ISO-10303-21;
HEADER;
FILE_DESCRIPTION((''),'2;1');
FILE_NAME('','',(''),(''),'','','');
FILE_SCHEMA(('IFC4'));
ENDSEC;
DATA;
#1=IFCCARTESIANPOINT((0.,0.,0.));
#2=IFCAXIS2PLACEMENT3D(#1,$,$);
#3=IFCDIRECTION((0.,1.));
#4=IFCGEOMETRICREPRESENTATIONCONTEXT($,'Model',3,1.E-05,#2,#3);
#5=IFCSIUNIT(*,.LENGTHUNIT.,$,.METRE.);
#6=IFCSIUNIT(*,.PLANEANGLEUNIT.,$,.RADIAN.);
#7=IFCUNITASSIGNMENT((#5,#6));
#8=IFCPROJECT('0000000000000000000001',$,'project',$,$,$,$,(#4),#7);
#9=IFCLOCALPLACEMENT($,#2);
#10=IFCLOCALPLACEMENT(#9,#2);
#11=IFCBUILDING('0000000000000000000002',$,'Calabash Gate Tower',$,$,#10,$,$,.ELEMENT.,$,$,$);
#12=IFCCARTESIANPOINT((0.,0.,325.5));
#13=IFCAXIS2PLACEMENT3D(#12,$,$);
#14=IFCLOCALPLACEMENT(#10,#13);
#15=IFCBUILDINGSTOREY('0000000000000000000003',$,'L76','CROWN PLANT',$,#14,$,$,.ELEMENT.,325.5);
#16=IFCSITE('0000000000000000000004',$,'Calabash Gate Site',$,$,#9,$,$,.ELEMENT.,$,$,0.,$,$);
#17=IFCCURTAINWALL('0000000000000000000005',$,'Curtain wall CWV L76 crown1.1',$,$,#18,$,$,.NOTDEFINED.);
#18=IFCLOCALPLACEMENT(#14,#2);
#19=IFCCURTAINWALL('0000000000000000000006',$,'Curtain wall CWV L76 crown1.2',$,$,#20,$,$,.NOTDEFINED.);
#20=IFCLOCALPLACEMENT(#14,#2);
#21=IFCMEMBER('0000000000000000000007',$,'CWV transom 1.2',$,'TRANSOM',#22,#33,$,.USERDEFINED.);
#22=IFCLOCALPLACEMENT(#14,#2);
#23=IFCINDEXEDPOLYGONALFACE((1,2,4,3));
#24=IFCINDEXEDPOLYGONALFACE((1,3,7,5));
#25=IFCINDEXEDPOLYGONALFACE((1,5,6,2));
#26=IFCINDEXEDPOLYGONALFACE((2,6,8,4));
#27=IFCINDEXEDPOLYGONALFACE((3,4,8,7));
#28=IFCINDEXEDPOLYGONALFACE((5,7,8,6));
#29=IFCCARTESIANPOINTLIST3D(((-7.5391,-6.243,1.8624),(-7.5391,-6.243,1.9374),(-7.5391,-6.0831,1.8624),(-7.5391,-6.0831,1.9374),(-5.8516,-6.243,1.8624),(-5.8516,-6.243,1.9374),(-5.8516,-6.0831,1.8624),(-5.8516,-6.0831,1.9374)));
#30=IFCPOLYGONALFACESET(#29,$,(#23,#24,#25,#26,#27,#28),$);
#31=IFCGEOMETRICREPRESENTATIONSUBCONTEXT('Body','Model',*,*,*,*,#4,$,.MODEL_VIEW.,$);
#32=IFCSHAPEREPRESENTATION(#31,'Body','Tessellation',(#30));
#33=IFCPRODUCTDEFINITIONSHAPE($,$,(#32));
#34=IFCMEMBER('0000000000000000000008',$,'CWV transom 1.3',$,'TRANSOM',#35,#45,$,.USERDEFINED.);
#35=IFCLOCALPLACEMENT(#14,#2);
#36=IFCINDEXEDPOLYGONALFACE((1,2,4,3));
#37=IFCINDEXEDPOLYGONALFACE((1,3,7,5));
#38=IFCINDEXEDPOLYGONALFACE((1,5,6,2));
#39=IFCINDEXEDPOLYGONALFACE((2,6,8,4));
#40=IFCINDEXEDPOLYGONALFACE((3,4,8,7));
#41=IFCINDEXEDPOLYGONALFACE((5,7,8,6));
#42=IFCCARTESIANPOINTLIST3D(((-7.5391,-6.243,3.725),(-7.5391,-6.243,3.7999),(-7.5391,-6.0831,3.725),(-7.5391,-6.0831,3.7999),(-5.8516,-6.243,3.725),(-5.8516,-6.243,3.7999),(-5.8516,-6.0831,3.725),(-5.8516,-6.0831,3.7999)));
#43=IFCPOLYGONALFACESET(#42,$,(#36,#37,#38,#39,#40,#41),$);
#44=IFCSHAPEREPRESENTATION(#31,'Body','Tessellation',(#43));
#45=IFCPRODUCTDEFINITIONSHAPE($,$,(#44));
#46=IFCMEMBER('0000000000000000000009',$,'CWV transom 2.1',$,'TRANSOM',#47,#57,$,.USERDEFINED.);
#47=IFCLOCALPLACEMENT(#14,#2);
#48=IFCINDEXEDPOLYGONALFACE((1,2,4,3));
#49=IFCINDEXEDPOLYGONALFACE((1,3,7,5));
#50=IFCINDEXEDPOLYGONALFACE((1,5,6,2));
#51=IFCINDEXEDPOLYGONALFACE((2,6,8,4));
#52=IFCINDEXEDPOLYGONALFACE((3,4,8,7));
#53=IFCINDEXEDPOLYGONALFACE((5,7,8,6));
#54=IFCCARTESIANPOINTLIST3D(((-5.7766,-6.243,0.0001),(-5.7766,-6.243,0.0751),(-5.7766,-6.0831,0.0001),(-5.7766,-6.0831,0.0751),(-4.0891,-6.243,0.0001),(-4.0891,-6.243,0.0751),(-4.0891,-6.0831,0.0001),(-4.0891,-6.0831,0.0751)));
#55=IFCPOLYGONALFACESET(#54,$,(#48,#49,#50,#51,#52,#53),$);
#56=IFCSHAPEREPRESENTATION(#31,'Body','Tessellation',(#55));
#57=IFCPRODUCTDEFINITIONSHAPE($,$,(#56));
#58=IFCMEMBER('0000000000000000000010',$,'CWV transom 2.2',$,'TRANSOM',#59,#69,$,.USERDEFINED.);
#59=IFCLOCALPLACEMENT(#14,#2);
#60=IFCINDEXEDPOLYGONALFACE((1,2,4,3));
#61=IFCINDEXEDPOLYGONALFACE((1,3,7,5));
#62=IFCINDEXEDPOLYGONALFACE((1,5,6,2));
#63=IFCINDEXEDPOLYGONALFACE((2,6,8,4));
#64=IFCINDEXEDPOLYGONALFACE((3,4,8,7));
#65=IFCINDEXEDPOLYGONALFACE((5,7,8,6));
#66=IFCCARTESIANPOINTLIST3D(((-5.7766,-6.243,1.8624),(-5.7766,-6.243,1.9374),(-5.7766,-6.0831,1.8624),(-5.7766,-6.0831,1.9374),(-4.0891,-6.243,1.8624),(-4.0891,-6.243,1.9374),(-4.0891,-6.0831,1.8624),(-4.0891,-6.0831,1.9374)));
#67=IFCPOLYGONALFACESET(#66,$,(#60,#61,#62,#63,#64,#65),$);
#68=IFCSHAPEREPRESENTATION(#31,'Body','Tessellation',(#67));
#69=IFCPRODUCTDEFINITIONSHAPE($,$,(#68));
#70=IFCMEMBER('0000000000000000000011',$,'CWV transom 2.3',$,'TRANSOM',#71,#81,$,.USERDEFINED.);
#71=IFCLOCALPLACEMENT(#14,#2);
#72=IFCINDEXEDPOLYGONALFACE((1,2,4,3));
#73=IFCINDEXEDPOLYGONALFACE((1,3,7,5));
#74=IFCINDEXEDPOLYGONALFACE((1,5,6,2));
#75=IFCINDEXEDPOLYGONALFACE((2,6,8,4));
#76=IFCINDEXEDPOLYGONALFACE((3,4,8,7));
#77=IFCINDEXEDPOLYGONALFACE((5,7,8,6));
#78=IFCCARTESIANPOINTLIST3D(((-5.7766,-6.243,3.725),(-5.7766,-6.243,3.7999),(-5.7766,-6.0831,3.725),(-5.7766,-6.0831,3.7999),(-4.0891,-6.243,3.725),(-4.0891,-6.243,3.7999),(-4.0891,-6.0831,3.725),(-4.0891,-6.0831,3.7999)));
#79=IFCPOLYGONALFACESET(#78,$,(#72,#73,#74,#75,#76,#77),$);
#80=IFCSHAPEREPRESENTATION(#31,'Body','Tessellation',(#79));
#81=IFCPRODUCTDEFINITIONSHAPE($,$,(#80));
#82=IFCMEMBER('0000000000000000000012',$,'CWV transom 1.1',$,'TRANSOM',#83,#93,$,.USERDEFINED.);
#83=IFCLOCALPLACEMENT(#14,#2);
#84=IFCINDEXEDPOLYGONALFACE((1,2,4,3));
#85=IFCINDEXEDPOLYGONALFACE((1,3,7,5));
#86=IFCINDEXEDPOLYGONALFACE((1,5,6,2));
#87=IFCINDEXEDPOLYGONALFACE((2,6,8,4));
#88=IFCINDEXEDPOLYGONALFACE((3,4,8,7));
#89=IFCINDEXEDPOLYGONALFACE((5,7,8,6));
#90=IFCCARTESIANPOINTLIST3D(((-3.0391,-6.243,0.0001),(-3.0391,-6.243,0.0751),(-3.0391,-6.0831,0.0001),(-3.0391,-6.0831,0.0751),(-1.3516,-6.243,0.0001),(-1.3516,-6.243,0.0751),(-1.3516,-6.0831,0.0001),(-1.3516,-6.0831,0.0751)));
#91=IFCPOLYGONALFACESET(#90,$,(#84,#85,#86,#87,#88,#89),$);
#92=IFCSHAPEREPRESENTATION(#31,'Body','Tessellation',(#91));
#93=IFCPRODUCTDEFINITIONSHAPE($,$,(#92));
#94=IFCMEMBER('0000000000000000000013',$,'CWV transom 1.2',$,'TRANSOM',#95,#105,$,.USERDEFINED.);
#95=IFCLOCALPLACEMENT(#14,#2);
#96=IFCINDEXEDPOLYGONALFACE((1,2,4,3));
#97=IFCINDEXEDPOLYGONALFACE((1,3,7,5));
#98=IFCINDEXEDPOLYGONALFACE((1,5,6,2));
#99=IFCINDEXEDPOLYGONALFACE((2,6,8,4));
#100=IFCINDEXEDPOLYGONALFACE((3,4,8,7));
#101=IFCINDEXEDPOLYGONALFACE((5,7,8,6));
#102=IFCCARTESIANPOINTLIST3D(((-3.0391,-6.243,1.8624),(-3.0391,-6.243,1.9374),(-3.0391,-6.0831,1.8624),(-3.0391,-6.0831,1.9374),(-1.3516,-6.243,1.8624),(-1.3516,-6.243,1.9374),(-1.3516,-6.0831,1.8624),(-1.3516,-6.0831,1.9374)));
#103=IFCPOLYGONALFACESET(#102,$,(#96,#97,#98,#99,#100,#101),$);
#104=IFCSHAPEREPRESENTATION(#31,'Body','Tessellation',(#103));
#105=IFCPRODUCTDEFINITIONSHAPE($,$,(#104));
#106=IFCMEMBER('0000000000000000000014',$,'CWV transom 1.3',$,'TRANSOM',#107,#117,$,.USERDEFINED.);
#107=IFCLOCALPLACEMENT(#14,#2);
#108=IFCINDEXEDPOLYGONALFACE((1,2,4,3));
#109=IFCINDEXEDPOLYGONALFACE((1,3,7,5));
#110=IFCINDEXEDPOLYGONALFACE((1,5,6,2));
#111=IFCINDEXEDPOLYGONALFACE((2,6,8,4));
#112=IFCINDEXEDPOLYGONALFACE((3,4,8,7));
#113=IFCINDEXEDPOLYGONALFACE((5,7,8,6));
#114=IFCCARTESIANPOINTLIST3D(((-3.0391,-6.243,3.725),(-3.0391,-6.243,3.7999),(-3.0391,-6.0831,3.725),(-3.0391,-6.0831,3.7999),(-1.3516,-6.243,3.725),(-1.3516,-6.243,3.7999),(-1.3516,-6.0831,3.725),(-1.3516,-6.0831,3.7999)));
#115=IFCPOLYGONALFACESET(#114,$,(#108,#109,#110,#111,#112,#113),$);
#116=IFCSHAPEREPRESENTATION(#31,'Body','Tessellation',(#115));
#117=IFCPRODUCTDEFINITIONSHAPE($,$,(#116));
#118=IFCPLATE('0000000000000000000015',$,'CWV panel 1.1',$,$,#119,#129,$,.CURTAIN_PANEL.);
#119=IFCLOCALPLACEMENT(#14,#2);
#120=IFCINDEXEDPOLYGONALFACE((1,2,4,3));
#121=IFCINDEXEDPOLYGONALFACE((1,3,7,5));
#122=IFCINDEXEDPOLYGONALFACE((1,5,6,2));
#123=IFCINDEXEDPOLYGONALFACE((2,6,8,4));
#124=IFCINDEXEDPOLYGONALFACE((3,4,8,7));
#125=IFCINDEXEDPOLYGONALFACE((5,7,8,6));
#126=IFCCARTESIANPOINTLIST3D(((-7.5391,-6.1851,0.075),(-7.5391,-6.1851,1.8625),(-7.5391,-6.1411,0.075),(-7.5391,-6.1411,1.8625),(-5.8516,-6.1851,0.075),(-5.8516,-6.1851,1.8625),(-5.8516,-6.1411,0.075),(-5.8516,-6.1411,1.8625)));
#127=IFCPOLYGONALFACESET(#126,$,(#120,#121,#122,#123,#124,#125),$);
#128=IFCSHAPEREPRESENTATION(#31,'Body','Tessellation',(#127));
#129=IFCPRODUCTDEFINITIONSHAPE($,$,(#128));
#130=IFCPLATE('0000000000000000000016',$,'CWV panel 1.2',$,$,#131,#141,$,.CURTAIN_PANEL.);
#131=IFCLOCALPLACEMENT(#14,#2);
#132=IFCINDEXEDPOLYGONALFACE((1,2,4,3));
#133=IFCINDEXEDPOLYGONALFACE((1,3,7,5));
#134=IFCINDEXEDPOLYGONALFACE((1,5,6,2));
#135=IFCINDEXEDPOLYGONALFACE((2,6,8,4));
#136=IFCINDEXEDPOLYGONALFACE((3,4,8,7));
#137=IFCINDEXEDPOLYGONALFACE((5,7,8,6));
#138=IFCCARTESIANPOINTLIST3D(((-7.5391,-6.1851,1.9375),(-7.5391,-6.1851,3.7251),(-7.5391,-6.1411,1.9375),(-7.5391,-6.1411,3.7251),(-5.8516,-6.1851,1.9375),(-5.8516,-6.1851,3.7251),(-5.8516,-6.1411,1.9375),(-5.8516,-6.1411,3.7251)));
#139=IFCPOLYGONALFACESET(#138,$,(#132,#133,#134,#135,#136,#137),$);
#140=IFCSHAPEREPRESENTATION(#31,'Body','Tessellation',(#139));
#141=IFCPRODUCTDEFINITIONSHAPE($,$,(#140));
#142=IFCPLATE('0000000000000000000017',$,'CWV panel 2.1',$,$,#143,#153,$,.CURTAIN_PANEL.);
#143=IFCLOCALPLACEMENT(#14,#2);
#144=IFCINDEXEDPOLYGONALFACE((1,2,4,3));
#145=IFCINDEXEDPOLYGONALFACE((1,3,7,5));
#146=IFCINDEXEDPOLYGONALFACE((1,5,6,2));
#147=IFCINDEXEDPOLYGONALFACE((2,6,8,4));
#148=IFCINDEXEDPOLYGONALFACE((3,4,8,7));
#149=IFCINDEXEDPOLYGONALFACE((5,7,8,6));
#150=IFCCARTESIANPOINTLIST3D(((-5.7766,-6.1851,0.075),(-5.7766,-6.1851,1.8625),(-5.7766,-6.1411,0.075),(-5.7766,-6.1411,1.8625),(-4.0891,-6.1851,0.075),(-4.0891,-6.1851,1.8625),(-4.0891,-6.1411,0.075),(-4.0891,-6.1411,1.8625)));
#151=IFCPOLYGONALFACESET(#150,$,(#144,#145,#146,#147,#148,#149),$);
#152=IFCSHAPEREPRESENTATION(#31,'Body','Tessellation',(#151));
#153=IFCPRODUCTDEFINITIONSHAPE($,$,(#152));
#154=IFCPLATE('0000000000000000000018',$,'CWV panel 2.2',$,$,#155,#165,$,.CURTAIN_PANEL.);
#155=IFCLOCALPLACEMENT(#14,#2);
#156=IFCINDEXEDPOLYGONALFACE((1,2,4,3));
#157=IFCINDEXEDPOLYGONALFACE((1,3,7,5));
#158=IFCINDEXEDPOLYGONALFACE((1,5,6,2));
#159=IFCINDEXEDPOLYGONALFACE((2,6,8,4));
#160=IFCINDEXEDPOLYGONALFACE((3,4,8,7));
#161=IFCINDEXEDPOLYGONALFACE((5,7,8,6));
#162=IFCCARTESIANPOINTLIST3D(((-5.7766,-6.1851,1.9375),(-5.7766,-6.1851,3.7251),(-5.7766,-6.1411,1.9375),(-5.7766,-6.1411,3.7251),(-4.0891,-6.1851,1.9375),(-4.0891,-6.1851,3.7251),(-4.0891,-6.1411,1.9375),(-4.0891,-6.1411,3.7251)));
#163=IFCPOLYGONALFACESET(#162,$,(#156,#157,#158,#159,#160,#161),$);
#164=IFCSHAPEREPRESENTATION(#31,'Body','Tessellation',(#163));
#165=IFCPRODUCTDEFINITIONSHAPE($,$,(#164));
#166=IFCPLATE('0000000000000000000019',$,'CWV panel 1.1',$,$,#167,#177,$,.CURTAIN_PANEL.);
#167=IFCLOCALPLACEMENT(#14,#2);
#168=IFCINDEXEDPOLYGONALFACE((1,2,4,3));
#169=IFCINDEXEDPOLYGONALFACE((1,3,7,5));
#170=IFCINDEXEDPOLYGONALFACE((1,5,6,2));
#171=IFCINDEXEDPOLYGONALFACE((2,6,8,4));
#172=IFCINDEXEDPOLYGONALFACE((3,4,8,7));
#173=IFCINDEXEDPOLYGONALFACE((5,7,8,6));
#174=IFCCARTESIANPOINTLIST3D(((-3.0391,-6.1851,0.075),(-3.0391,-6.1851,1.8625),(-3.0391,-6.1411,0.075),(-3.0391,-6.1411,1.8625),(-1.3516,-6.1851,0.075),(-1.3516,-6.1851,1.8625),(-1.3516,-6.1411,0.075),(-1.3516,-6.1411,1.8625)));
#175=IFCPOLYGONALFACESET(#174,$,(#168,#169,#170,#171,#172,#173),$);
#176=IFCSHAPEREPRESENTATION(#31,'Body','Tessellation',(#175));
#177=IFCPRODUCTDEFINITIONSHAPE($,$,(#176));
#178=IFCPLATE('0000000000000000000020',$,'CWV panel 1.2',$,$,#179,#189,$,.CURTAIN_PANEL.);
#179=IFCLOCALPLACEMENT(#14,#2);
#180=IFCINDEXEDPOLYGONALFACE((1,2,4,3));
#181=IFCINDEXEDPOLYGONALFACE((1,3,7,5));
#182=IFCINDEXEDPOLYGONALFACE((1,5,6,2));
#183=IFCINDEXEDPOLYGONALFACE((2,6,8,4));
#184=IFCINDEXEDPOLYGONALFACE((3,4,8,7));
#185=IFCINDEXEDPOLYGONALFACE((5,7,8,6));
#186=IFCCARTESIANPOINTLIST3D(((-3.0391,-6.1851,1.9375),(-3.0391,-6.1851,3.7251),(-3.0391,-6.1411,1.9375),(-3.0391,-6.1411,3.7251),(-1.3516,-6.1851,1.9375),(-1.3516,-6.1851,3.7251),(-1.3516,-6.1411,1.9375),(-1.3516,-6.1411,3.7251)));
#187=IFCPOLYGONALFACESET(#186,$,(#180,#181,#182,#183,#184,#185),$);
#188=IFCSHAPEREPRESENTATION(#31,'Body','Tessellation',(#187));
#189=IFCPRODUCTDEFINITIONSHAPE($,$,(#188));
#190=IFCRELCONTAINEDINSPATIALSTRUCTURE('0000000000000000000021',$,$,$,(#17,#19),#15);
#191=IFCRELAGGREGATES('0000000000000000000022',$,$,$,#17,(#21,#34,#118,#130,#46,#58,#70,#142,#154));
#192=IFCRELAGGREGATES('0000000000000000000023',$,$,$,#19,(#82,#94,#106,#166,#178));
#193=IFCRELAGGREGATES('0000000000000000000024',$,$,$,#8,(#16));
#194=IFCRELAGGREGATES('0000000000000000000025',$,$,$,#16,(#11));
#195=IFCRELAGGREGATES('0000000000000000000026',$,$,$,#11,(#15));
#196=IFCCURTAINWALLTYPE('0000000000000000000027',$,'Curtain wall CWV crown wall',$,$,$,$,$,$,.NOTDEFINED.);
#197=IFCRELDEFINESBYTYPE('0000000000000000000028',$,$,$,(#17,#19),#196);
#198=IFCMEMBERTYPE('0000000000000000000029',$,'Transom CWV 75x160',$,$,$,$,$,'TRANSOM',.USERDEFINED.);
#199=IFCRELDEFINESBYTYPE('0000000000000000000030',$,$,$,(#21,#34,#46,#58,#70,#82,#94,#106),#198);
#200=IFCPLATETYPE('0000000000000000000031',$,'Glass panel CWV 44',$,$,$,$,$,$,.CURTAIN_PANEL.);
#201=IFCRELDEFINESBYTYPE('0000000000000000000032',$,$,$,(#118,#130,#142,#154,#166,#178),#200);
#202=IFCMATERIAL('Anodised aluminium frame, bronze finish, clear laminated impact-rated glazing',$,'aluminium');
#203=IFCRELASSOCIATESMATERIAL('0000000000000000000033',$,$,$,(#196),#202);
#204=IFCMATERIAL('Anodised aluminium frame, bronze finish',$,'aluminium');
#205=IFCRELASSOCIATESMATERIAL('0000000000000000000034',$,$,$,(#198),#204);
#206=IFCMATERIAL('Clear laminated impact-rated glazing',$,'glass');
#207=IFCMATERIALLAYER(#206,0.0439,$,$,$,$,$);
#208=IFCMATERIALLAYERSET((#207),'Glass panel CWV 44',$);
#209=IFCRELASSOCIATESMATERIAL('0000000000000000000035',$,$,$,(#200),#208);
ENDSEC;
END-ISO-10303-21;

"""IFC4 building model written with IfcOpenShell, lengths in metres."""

from ifc_helpers import new_model, si_unit, direction, frame, origin, origin_2d, place, context, subcontext, project, spatial, rectangle, extrude, material, layer, layer_set, material_profile, profile_set, type_object, element, aggregate, save


model = new_model("IFC4")

# Units and contexts
model_context = context("Model", 3, precision=1e-05, world=origin(), true_north=direction((0.0, 1.0)))
body_context = subcontext(model_context, "Body", "Model", "MODEL_VIEW")
ifc_project = project(units=[si_unit("LENGTHUNIT", "METRE"), si_unit("PLANEANGLEUNIT", "RADIAN")], contexts=[model_context])

# Site, building, storey
site_placement = place(None, origin())
site = spatial("IfcSite", under=ifc_project, at=site_placement, Name="Calabash Gate Site", CompositionType="ELEMENT", RefElevation=0.0)
building_placement = place(site_placement, origin())
building = spatial("IfcBuilding", under=site, at=building_placement, Name="Calabash Gate Tower", CompositionType="ELEMENT")
storey_placement = place(building_placement, frame((0.0, 0.0, 325.5)))
storey = spatial("IfcBuildingStorey", under=building, at=storey_placement, Name="L76", Description="CROWN PLANT", CompositionType="ELEMENT", Elevation=325.5)

# Curtain walls
ifc_material_1 = material(Name="Anodised aluminium frame, bronze finish, clear laminated impact-rated glazing", Category="aluminium")
curtain_wall_type = type_object("IfcCurtainWallType", Name="Curtain wall CWV crown wall", PredefinedType="NOTDEFINED", material=ifc_material_1)
curtain_wall_1_placement = place(storey_placement, origin())
curtain_wall_1 = element("IfcCurtainWall", 1, at=curtain_wall_1_placement, inside=storey, type_object=curtain_wall_type, Name="Curtain wall CWV L76 crown1.1", PredefinedType="NOTDEFINED")
curtain_wall_2_placement = place(storey_placement, origin())
curtain_wall_2 = element("IfcCurtainWall", 2, at=curtain_wall_2_placement, inside=storey, type_object=curtain_wall_type, Name="Curtain wall CWV L76 crown1.2", PredefinedType="NOTDEFINED")

# Members
ifc_material_2 = material(Name="Anodised aluminium frame, bronze finish", Category="aluminium")
ifc_material_profile_1 = material_profile(ifc_material_2, rectangle(XDim=0.1599, YDim=0.075, at=origin_2d()))
ifc_profile_set_1 = profile_set([ifc_material_profile_1], Name="Anodised aluminium frame, bronze finish")
member_type_1 = type_object("IfcMemberType", Name="Transom CWV 75x160", ElementType="TRANSOM", PredefinedType="USERDEFINED", material=ifc_profile_set_1)
member_1_placement = place(storey_placement, frame((-7.5391, -6.1631, 1.8999), z_axis=(1.0, 0.0, 0.0), x_axis=(0.0, 1.0, 0.0)))
member_1 = element("IfcMember", 3, at=member_1_placement, type_object=member_type_1, Name="CWV transom 1.2", ObjectType="TRANSOM", PredefinedType="USERDEFINED", context=body_context, shape_type="SweptSolid", body=[
    extrude(rectangle(XDim=0.1599, YDim=0.075, at=origin_2d()), origin(), (0.0, 0.0, 1.0), 1.6875),
])
member_2_placement = place(storey_placement, frame((-7.5391, -6.1631, 3.7625), z_axis=(1.0, 0.0, 0.0), x_axis=(0.0, 1.0, 0.0)))
member_2 = element("IfcMember", 4, at=member_2_placement, type_object=member_type_1, Name="CWV transom 1.3", ObjectType="TRANSOM", PredefinedType="USERDEFINED", context=body_context, shape_type="SweptSolid", body=[
    extrude(rectangle(XDim=0.1599, YDim=0.075, at=origin_2d()), origin(), (0.0, 0.0, 1.0), 1.6875),
])
member_3_placement = place(storey_placement, frame((-5.7766, -6.1631, 0.0376), z_axis=(1.0, 0.0, 0.0), x_axis=(0.0, 1.0, 0.0)))
member_3 = element("IfcMember", 5, at=member_3_placement, type_object=member_type_1, Name="CWV transom 2.1", ObjectType="TRANSOM", PredefinedType="USERDEFINED", context=body_context, shape_type="SweptSolid", body=[
    extrude(rectangle(XDim=0.1599, YDim=0.075, at=origin_2d()), origin(), (0.0, 0.0, 1.0), 1.6875),
])
member_4_placement = place(storey_placement, frame((-5.7766, -6.1631, 1.8999), z_axis=(1.0, 0.0, 0.0), x_axis=(0.0, 1.0, 0.0)))
member_4 = element("IfcMember", 6, at=member_4_placement, type_object=member_type_1, Name="CWV transom 2.2", ObjectType="TRANSOM", PredefinedType="USERDEFINED", context=body_context, shape_type="SweptSolid", body=[
    extrude(rectangle(XDim=0.1599, YDim=0.075, at=origin_2d()), origin(), (0.0, 0.0, 1.0), 1.6875),
])
member_5_placement = place(storey_placement, frame((-5.7766, -6.1631, 3.7625), z_axis=(1.0, 0.0, 0.0), x_axis=(0.0, 1.0, 0.0)))
member_5 = element("IfcMember", 7, at=member_5_placement, type_object=member_type_1, Name="CWV transom 2.3", ObjectType="TRANSOM", PredefinedType="USERDEFINED", context=body_context, shape_type="SweptSolid", body=[
    extrude(rectangle(XDim=0.1599, YDim=0.075, at=origin_2d()), origin(), (0.0, 0.0, 1.0), 1.6875),
])
member_6_placement = place(storey_placement, frame((-3.0391, -6.1631, 0.0376), z_axis=(1.0, 0.0, 0.0), x_axis=(0.0, 1.0, 0.0)))
member_6 = element("IfcMember", 8, at=member_6_placement, type_object=member_type_1, Name="CWV transom 1.1", ObjectType="TRANSOM", PredefinedType="USERDEFINED", context=body_context, shape_type="SweptSolid", body=[
    extrude(rectangle(XDim=0.1599, YDim=0.075, at=origin_2d()), origin(), (0.0, 0.0, 1.0), 1.6875),
])
member_7_placement = place(storey_placement, frame((-3.0391, -6.1631, 1.8999), z_axis=(1.0, 0.0, 0.0), x_axis=(0.0, 1.0, 0.0)))
member_7 = element("IfcMember", 9, at=member_7_placement, type_object=member_type_1, Name="CWV transom 1.2", ObjectType="TRANSOM", PredefinedType="USERDEFINED", context=body_context, shape_type="SweptSolid", body=[
    extrude(rectangle(XDim=0.1599, YDim=0.075, at=origin_2d()), origin(), (0.0, 0.0, 1.0), 1.6875),
])
member_8_placement = place(storey_placement, frame((-3.0391, -6.1631, 3.7625), z_axis=(1.0, 0.0, 0.0), x_axis=(0.0, 1.0, 0.0)))
member_8 = element("IfcMember", 10, at=member_8_placement, type_object=member_type_1, Name="CWV transom 1.3", ObjectType="TRANSOM", PredefinedType="USERDEFINED", context=body_context, shape_type="SweptSolid", body=[
    extrude(rectangle(XDim=0.1599, YDim=0.075, at=origin_2d()), origin(), (0.0, 0.0, 1.0), 1.6875),
])

# Plates
ifc_material_3 = material(Name="Clear laminated impact-rated glazing", Category="glass")
ifc_layer_1 = layer(ifc_material_3, 0.0439)
ifc_layer_set_1 = layer_set([ifc_layer_1], Name="Glass panel CWV 44")
plate_type = type_object("IfcPlateType", Name="Glass panel CWV 44", PredefinedType="CURTAIN_PANEL", material=ifc_layer_set_1)
plate_1_placement = place(storey_placement, frame((-6.6953, -6.1631, 0.075), z_axis=(0.0, 0.0, 1.0), x_axis=(1.0, 0.0, 0.0)))
plate_1 = element("IfcPlate", 11, at=plate_1_placement, type_object=plate_type, Name="CWV panel 1.1", PredefinedType="CURTAIN_PANEL", context=body_context, shape_type="SweptSolid", body=[
    extrude(rectangle(XDim=1.6875, YDim=0.0439, at=origin_2d()), origin(), (0.0, 0.0, 1.0), 1.7876),
])
plate_2_placement = place(storey_placement, frame((-6.6953, -6.1631, 1.9375), z_axis=(0.0, 0.0, 1.0), x_axis=(1.0, 0.0, 0.0)))
plate_2 = element("IfcPlate", 12, at=plate_2_placement, type_object=plate_type, Name="CWV panel 1.2", PredefinedType="CURTAIN_PANEL", context=body_context, shape_type="SweptSolid", body=[
    extrude(rectangle(XDim=1.6875, YDim=0.0439, at=origin_2d()), origin(), (0.0, 0.0, 1.0), 1.7876),
])
plate_3_placement = place(storey_placement, frame((-4.9329, -6.1631, 0.075), z_axis=(0.0, 0.0, 1.0), x_axis=(1.0, 0.0, 0.0)))
plate_3 = element("IfcPlate", 13, at=plate_3_placement, type_object=plate_type, Name="CWV panel 2.1", PredefinedType="CURTAIN_PANEL", context=body_context, shape_type="SweptSolid", body=[
    extrude(rectangle(XDim=1.6875, YDim=0.0439, at=origin_2d()), origin(), (0.0, 0.0, 1.0), 1.7876),
])
plate_4_placement = place(storey_placement, frame((-4.9329, -6.1631, 1.9375), z_axis=(0.0, 0.0, 1.0), x_axis=(1.0, 0.0, 0.0)))
plate_4 = element("IfcPlate", 14, at=plate_4_placement, type_object=plate_type, Name="CWV panel 2.2", PredefinedType="CURTAIN_PANEL", context=body_context, shape_type="SweptSolid", body=[
    extrude(rectangle(XDim=1.6875, YDim=0.0439, at=origin_2d()), origin(), (0.0, 0.0, 1.0), 1.7876),
])
aggregate(curtain_wall_1, [member_1, member_2, plate_1, plate_2, member_3, member_4, member_5, plate_3, plate_4])
plate_5_placement = place(storey_placement, frame((-2.1953, -6.1631, 0.075), z_axis=(0.0, 0.0, 1.0), x_axis=(1.0, 0.0, 0.0)))
plate_5 = element("IfcPlate", 15, at=plate_5_placement, type_object=plate_type, Name="CWV panel 1.1", PredefinedType="CURTAIN_PANEL", context=body_context, shape_type="SweptSolid", body=[
    extrude(rectangle(XDim=1.6875, YDim=0.0439, at=origin_2d()), origin(), (0.0, 0.0, 1.0), 1.7876),
])
plate_6_placement = place(storey_placement, frame((-2.1953, -6.1631, 1.9375), z_axis=(0.0, 0.0, 1.0), x_axis=(1.0, 0.0, 0.0)))
plate_6 = element("IfcPlate", 16, at=plate_6_placement, type_object=plate_type, Name="CWV panel 1.2", PredefinedType="CURTAIN_PANEL", context=body_context, shape_type="SweptSolid", body=[
    extrude(rectangle(XDim=1.6875, YDim=0.0439, at=origin_2d()), origin(), (0.0, 0.0, 1.0), 1.7876),
])
aggregate(curtain_wall_2, [member_6, member_7, member_8, plate_5, plate_6])

save(model, "model.ifc")
